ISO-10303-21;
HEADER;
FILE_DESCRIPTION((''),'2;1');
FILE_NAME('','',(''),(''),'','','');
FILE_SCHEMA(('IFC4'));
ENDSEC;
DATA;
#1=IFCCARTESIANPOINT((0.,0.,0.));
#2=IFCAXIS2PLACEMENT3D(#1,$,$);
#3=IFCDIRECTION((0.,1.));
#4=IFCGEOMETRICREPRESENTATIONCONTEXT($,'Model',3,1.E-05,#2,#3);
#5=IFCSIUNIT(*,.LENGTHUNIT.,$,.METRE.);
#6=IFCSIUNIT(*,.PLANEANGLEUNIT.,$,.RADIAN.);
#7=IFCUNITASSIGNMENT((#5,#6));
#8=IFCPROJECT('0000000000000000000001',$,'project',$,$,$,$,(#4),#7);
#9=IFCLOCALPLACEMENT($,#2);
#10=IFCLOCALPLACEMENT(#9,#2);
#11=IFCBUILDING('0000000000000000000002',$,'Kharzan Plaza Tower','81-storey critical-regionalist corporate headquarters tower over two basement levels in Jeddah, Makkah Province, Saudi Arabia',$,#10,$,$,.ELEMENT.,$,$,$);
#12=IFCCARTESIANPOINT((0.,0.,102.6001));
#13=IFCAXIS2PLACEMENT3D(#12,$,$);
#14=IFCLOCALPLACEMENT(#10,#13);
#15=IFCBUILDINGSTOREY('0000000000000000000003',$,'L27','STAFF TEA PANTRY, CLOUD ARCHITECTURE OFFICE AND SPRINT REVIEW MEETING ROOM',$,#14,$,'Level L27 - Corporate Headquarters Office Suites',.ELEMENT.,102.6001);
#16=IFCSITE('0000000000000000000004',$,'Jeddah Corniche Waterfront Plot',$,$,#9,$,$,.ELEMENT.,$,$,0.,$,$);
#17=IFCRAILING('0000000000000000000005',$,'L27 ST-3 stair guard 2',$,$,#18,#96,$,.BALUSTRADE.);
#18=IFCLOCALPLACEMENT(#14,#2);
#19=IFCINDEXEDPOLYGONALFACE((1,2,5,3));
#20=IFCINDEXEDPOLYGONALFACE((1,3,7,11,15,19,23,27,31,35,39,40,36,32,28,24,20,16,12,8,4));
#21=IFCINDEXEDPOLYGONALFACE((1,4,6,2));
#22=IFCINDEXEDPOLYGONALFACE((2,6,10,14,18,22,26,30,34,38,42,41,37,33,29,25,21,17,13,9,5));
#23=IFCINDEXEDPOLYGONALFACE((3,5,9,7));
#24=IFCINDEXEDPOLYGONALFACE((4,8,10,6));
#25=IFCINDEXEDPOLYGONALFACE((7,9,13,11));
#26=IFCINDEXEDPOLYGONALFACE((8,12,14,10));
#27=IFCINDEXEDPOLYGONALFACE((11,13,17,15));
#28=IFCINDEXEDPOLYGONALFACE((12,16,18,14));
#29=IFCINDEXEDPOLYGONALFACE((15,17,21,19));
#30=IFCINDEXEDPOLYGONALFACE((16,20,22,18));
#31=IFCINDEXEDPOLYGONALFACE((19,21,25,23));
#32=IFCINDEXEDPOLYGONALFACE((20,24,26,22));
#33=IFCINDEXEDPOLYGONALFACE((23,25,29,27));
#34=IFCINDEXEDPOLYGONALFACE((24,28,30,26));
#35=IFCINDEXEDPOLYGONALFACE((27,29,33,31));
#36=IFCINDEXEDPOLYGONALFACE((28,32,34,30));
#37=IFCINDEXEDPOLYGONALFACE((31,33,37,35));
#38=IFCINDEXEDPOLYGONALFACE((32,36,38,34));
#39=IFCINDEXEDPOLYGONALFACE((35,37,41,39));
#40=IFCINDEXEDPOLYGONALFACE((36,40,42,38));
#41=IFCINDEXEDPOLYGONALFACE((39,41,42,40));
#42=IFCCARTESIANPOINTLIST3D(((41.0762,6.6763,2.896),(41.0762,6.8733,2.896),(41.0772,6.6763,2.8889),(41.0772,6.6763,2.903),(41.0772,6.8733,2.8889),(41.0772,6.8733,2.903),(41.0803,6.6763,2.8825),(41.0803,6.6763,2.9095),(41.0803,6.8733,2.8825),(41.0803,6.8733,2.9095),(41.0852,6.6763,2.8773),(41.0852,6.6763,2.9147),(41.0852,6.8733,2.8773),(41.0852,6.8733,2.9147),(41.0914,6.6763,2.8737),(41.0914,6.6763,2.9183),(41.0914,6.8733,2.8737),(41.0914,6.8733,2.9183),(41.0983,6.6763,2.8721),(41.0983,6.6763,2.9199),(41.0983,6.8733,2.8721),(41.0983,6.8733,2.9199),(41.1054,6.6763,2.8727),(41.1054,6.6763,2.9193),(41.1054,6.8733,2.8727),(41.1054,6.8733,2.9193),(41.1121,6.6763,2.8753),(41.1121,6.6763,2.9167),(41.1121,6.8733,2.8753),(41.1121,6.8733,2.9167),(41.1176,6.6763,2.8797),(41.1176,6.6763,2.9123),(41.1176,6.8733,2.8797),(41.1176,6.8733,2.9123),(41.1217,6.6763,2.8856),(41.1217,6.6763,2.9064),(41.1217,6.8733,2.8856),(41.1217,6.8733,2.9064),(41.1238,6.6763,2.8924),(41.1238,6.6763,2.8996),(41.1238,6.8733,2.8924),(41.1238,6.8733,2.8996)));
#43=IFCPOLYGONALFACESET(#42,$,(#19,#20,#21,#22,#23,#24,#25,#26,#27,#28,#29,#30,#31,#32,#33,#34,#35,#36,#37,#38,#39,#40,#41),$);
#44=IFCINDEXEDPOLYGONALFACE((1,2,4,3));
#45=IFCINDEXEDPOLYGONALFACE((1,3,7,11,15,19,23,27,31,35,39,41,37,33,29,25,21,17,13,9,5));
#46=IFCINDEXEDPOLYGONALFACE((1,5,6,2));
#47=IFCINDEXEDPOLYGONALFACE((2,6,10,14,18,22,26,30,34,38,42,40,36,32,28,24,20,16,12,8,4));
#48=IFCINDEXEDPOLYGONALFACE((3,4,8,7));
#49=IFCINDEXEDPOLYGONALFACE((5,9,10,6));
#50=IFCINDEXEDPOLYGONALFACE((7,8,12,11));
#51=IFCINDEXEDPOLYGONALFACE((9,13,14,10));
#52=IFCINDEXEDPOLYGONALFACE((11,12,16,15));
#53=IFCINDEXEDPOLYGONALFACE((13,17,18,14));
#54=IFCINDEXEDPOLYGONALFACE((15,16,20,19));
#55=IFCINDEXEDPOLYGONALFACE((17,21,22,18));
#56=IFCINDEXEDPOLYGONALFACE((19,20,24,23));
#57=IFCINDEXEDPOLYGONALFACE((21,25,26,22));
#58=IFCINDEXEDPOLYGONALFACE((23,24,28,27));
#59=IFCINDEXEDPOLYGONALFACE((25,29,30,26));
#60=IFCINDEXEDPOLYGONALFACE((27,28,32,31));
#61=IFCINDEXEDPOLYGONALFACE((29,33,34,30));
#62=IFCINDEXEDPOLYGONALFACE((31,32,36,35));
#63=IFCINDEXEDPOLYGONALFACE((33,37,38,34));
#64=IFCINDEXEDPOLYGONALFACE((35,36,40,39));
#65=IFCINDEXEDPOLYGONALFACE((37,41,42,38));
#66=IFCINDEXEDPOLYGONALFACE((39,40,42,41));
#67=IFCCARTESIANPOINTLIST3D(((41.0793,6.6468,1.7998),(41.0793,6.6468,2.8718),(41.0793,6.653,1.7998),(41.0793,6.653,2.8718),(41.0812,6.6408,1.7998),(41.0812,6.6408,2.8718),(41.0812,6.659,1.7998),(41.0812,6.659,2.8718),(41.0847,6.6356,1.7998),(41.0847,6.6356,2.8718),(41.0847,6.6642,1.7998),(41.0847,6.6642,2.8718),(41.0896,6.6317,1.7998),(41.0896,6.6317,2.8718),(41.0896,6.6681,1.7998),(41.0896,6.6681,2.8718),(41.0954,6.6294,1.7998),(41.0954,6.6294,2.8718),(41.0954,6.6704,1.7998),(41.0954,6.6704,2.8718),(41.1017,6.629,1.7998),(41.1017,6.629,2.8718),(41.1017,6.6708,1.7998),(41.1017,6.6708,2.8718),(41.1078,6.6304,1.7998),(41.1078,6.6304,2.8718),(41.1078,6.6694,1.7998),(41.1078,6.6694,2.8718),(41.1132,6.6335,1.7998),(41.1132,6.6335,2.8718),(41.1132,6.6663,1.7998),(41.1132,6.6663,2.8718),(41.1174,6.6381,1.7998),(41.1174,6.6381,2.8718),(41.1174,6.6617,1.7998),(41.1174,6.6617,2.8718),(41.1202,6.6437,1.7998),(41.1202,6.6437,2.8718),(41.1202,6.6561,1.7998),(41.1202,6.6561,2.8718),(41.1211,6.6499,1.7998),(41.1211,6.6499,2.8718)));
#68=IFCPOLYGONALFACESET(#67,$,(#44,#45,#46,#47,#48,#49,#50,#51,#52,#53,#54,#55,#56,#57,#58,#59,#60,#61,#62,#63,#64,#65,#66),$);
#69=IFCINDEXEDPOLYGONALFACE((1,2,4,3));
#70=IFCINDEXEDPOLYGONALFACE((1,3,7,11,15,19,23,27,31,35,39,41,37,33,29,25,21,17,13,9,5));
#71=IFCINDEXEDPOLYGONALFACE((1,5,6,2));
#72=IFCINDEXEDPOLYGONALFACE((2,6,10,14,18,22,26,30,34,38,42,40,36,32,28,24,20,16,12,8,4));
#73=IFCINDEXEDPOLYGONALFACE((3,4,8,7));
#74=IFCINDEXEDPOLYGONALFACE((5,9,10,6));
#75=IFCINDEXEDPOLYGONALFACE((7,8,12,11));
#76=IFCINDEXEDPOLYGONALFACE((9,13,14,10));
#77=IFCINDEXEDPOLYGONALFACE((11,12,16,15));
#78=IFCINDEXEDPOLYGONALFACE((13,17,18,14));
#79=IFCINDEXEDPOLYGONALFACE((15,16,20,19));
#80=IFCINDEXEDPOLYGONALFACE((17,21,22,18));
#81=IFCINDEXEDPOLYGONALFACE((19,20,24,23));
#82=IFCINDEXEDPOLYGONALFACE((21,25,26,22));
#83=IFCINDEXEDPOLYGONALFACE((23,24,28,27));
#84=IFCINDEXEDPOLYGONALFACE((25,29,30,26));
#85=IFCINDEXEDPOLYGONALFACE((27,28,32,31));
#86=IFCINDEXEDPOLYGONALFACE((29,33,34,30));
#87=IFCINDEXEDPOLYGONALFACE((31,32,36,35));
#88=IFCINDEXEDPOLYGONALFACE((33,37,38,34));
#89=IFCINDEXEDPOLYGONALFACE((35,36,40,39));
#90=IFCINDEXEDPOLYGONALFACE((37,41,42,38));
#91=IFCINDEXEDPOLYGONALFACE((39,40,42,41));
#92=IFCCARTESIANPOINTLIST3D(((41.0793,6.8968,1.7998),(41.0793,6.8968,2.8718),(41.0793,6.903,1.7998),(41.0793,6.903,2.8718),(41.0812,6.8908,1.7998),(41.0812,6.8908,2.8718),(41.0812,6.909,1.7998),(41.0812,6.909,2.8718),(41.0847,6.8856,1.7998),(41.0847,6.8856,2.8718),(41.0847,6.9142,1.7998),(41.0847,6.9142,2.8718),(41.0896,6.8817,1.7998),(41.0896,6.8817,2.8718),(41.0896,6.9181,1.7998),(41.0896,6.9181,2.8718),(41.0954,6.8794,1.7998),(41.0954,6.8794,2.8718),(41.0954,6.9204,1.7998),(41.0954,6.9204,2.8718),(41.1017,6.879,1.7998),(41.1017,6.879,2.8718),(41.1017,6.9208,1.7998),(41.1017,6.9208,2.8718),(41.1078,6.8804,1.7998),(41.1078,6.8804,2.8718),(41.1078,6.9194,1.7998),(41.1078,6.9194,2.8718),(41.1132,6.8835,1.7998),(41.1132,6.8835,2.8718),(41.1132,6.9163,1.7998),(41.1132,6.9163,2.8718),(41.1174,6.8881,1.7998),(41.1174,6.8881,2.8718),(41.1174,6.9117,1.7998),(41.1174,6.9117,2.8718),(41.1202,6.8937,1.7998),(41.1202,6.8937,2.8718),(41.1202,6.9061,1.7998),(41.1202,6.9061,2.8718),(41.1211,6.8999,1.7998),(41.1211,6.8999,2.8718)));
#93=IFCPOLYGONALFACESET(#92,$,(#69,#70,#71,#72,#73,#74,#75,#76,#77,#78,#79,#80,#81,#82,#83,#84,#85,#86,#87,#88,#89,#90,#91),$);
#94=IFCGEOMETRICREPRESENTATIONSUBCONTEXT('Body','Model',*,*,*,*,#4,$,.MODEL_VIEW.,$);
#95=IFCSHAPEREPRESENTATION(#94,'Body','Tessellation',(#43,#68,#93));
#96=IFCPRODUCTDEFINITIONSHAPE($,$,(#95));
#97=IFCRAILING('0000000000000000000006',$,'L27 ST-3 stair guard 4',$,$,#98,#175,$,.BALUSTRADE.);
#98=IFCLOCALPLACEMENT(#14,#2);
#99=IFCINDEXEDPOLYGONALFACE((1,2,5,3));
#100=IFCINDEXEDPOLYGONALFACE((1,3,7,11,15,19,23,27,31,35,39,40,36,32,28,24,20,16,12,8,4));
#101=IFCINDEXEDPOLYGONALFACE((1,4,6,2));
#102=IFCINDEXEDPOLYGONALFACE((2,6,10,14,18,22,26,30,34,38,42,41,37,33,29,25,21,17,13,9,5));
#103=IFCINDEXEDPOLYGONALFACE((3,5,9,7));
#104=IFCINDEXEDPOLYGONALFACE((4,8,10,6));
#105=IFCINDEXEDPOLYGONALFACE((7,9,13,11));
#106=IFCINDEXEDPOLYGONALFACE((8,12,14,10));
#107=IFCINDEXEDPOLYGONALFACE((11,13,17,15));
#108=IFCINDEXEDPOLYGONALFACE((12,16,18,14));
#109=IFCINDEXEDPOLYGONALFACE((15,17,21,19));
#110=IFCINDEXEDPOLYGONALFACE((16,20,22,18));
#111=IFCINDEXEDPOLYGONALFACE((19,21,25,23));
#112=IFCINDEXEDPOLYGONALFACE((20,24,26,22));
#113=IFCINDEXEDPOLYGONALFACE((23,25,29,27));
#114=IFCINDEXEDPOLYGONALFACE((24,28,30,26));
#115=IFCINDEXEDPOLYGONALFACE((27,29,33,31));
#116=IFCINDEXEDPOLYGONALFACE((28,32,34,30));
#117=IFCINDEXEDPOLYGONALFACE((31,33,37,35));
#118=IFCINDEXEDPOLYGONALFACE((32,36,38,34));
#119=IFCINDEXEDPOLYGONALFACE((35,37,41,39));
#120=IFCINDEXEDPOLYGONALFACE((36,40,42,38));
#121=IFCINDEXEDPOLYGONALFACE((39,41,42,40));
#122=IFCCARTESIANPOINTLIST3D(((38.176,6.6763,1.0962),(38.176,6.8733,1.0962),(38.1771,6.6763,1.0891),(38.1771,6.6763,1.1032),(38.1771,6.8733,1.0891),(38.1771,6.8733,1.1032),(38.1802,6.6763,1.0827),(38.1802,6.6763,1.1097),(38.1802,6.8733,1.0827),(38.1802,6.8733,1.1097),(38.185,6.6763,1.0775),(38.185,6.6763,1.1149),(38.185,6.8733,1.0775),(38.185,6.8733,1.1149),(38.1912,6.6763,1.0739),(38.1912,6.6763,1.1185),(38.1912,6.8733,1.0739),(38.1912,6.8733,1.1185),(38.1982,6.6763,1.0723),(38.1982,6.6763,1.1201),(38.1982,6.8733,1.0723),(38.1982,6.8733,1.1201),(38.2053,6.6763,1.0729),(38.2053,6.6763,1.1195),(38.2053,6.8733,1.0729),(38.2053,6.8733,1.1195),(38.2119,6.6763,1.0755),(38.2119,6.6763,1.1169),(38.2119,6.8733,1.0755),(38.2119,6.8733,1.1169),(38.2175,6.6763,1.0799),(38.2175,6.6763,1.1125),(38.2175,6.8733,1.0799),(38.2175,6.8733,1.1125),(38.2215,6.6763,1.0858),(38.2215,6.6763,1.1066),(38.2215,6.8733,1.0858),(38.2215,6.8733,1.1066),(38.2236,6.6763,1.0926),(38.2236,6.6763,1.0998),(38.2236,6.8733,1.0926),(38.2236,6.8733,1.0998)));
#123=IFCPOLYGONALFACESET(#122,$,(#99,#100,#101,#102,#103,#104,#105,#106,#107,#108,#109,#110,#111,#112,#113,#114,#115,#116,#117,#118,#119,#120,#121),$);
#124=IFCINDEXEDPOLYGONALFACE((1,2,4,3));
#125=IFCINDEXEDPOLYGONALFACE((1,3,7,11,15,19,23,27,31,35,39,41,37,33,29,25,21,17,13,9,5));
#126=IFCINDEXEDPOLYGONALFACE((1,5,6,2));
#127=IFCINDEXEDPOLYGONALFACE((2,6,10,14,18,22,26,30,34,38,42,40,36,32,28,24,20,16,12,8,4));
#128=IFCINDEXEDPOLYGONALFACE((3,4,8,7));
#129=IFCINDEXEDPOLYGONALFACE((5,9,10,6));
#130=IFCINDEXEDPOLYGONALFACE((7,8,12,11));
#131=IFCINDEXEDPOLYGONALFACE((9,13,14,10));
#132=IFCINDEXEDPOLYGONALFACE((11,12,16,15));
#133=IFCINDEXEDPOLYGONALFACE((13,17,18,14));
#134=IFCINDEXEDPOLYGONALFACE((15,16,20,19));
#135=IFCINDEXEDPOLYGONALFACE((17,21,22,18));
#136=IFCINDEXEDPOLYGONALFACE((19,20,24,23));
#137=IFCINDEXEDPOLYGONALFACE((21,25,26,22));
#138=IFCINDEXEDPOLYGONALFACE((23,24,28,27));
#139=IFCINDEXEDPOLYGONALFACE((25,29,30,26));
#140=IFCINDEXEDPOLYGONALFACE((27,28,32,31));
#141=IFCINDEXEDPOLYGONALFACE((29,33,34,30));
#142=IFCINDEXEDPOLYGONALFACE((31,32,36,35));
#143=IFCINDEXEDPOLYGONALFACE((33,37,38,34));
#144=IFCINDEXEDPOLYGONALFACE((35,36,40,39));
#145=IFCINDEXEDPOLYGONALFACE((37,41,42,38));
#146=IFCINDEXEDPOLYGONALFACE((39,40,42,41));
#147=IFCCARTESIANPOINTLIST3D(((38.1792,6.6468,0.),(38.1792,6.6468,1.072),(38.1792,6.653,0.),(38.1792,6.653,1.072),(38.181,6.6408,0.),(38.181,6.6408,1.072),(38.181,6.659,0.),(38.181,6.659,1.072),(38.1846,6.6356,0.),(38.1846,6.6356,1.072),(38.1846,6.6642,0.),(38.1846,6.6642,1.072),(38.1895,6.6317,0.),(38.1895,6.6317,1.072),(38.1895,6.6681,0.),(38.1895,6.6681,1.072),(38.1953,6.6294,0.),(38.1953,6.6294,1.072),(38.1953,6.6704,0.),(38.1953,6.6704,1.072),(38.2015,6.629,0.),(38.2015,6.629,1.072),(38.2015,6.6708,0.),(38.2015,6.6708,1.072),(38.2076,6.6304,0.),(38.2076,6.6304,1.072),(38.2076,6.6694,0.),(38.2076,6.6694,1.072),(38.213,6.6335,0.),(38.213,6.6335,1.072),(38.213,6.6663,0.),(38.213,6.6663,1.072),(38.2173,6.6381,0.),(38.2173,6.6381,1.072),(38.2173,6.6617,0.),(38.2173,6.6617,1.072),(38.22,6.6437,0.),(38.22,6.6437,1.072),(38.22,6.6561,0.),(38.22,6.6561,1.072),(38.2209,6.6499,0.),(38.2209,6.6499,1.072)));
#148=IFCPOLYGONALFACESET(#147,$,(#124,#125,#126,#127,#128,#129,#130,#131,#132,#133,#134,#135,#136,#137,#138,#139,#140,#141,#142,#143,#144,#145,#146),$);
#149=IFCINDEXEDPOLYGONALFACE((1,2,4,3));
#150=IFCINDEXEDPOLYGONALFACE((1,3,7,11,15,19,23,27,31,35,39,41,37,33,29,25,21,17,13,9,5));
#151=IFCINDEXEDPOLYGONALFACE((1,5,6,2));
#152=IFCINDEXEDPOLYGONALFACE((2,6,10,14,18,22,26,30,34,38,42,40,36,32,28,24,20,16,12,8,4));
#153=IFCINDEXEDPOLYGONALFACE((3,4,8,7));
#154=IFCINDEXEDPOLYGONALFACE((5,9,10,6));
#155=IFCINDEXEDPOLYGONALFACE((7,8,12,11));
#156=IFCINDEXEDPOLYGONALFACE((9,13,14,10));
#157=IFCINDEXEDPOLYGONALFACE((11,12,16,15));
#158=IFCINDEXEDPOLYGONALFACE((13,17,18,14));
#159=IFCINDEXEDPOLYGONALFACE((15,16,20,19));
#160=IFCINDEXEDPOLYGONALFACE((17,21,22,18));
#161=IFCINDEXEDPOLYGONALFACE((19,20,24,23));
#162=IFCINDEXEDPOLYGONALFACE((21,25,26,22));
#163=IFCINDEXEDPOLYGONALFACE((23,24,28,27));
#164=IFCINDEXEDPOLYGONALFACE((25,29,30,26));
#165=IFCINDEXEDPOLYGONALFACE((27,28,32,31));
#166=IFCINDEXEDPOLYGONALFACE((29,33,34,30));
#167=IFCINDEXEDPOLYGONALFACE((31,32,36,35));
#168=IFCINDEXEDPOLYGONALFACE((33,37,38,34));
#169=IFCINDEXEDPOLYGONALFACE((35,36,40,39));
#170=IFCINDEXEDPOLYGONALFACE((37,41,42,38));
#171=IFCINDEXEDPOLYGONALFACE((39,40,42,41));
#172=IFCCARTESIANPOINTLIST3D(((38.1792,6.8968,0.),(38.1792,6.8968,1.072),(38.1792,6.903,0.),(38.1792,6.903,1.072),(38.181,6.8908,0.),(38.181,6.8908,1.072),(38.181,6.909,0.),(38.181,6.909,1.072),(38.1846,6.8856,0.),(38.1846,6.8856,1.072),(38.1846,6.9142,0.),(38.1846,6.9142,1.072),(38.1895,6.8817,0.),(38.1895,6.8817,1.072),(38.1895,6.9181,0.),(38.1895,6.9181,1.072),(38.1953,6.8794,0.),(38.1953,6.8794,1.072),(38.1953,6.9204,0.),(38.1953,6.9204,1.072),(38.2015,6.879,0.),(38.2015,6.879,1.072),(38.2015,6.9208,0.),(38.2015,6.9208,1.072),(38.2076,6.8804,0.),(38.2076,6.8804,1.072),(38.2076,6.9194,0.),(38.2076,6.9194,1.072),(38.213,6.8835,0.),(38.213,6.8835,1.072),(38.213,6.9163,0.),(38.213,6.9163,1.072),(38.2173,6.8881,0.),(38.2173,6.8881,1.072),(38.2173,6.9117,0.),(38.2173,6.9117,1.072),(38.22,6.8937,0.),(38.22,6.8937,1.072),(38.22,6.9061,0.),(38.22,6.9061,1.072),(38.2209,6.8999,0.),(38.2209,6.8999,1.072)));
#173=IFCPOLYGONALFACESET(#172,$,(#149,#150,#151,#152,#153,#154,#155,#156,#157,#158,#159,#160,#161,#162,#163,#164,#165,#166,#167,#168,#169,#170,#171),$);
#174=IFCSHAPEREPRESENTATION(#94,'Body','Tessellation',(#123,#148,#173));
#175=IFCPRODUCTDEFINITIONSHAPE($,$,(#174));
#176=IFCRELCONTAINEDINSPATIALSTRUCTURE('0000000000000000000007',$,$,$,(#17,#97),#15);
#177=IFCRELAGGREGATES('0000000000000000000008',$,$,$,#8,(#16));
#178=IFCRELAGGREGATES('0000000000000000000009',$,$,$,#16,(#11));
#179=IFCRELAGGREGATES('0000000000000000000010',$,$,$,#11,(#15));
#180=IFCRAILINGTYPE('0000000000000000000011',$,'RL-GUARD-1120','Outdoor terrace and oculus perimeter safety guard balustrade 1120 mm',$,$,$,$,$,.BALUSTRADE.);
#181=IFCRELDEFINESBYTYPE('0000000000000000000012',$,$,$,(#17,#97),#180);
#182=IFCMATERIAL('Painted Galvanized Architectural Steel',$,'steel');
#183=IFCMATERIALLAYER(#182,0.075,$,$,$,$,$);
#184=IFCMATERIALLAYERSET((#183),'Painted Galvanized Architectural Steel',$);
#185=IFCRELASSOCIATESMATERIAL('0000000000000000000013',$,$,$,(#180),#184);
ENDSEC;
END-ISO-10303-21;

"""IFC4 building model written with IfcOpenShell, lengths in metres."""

from ifc_helpers import new_model, si_unit, direction, frame, origin, origin_2d, place, context, subcontext, project, spatial, circle, extrude, source, transform, mapped, material, layer, layer_set, type_object, element, save


model = new_model("IFC4")

# Units and contexts
model_context = context("Model", 3, precision=1e-05, world=origin(), true_north=direction((0.0, 1.0)))
body_context = subcontext(model_context, "Body", "Model", "MODEL_VIEW")
ifc_project = project(units=[si_unit("LENGTHUNIT", "METRE"), si_unit("PLANEANGLEUNIT", "RADIAN")], contexts=[model_context])

# Site, building, storey
site_placement = place(None, origin())
site = spatial("IfcSite", under=ifc_project, at=site_placement, Name="Jeddah Corniche Waterfront Plot", CompositionType="ELEMENT", RefElevation=0.0)
building_placement = place(site_placement, origin())
building = spatial("IfcBuilding", under=site, at=building_placement, Name="Kharzan Plaza Tower", Description="81-storey critical-regionalist corporate headquarters tower over two basement levels in Jeddah, Makkah Province, Saudi Arabia", CompositionType="ELEMENT")
storey_placement = place(building_placement, frame((0.0, 0.0, 102.6001)))
storey = spatial("IfcBuildingStorey", under=building, at=storey_placement, Name="L27", Description="STAFF TEA PANTRY, CLOUD ARCHITECTURE OFFICE AND SPRINT REVIEW MEETING ROOM", LongName="Level L27 - Corporate Headquarters Office Suites", CompositionType="ELEMENT", Elevation=102.6001)

# Railings
ifc_material_1 = material(Name="Painted Galvanized Architectural Steel", Category="steel")
ifc_layer_1 = layer(ifc_material_1, 0.075)
ifc_layer_set_1 = layer_set([ifc_layer_1], Name="Painted Galvanized Architectural Steel")
railing_type_1 = type_object("IfcRailingType", Name="RL-GUARD-1120", Description="Outdoor terrace and oculus perimeter safety guard balustrade 1120 mm", PredefinedType="BALUSTRADE", material=ifc_layer_set_1)
shared_shape_1 = source(origin(), body_context, "Body", "SweptSolid", [
    extrude(circle(Radius=0.0239, at=origin_2d()), frame((0.0, 0.0264, 1.0962), z_axis=(0.0, 1.0, 0.0), x_axis=(-1.0, 0.0, 0.0)), (0.0, 0.0, 1.0), 0.197),
    extrude(circle(Radius=0.021, at=origin_2d()), origin(), (0.0, 0.0, 1.0), 1.072),
    extrude(circle(Radius=0.021, at=origin_2d()), frame((0.0, 0.25, 0.0)), (0.0, 0.0, 1.0), 1.072),
])
for number, where, name in (
    (1, (41.1001, 6.6499, 1.7998), "L27 ST-3 stair guard 2"),
    (2, (38.2, 6.6499, 0.0), "L27 ST-3 stair guard 4"),
):
    element("IfcRailing", number, at=place(storey_placement, frame(where)), inside=storey, type_object=railing_type_1, Name=name, PredefinedType="BALUSTRADE", context=body_context, shape_type="MappedRepresentation", body=[
        mapped(shared_shape_1, transform((0.0, 0.0, 0.0), x_axis=(1.0, 0.0, 0.0), y_axis=(0.0, 1.0, 0.0), z_axis=(0.0, 0.0, 1.0))),
    ])

save(model, "model.ifc")
